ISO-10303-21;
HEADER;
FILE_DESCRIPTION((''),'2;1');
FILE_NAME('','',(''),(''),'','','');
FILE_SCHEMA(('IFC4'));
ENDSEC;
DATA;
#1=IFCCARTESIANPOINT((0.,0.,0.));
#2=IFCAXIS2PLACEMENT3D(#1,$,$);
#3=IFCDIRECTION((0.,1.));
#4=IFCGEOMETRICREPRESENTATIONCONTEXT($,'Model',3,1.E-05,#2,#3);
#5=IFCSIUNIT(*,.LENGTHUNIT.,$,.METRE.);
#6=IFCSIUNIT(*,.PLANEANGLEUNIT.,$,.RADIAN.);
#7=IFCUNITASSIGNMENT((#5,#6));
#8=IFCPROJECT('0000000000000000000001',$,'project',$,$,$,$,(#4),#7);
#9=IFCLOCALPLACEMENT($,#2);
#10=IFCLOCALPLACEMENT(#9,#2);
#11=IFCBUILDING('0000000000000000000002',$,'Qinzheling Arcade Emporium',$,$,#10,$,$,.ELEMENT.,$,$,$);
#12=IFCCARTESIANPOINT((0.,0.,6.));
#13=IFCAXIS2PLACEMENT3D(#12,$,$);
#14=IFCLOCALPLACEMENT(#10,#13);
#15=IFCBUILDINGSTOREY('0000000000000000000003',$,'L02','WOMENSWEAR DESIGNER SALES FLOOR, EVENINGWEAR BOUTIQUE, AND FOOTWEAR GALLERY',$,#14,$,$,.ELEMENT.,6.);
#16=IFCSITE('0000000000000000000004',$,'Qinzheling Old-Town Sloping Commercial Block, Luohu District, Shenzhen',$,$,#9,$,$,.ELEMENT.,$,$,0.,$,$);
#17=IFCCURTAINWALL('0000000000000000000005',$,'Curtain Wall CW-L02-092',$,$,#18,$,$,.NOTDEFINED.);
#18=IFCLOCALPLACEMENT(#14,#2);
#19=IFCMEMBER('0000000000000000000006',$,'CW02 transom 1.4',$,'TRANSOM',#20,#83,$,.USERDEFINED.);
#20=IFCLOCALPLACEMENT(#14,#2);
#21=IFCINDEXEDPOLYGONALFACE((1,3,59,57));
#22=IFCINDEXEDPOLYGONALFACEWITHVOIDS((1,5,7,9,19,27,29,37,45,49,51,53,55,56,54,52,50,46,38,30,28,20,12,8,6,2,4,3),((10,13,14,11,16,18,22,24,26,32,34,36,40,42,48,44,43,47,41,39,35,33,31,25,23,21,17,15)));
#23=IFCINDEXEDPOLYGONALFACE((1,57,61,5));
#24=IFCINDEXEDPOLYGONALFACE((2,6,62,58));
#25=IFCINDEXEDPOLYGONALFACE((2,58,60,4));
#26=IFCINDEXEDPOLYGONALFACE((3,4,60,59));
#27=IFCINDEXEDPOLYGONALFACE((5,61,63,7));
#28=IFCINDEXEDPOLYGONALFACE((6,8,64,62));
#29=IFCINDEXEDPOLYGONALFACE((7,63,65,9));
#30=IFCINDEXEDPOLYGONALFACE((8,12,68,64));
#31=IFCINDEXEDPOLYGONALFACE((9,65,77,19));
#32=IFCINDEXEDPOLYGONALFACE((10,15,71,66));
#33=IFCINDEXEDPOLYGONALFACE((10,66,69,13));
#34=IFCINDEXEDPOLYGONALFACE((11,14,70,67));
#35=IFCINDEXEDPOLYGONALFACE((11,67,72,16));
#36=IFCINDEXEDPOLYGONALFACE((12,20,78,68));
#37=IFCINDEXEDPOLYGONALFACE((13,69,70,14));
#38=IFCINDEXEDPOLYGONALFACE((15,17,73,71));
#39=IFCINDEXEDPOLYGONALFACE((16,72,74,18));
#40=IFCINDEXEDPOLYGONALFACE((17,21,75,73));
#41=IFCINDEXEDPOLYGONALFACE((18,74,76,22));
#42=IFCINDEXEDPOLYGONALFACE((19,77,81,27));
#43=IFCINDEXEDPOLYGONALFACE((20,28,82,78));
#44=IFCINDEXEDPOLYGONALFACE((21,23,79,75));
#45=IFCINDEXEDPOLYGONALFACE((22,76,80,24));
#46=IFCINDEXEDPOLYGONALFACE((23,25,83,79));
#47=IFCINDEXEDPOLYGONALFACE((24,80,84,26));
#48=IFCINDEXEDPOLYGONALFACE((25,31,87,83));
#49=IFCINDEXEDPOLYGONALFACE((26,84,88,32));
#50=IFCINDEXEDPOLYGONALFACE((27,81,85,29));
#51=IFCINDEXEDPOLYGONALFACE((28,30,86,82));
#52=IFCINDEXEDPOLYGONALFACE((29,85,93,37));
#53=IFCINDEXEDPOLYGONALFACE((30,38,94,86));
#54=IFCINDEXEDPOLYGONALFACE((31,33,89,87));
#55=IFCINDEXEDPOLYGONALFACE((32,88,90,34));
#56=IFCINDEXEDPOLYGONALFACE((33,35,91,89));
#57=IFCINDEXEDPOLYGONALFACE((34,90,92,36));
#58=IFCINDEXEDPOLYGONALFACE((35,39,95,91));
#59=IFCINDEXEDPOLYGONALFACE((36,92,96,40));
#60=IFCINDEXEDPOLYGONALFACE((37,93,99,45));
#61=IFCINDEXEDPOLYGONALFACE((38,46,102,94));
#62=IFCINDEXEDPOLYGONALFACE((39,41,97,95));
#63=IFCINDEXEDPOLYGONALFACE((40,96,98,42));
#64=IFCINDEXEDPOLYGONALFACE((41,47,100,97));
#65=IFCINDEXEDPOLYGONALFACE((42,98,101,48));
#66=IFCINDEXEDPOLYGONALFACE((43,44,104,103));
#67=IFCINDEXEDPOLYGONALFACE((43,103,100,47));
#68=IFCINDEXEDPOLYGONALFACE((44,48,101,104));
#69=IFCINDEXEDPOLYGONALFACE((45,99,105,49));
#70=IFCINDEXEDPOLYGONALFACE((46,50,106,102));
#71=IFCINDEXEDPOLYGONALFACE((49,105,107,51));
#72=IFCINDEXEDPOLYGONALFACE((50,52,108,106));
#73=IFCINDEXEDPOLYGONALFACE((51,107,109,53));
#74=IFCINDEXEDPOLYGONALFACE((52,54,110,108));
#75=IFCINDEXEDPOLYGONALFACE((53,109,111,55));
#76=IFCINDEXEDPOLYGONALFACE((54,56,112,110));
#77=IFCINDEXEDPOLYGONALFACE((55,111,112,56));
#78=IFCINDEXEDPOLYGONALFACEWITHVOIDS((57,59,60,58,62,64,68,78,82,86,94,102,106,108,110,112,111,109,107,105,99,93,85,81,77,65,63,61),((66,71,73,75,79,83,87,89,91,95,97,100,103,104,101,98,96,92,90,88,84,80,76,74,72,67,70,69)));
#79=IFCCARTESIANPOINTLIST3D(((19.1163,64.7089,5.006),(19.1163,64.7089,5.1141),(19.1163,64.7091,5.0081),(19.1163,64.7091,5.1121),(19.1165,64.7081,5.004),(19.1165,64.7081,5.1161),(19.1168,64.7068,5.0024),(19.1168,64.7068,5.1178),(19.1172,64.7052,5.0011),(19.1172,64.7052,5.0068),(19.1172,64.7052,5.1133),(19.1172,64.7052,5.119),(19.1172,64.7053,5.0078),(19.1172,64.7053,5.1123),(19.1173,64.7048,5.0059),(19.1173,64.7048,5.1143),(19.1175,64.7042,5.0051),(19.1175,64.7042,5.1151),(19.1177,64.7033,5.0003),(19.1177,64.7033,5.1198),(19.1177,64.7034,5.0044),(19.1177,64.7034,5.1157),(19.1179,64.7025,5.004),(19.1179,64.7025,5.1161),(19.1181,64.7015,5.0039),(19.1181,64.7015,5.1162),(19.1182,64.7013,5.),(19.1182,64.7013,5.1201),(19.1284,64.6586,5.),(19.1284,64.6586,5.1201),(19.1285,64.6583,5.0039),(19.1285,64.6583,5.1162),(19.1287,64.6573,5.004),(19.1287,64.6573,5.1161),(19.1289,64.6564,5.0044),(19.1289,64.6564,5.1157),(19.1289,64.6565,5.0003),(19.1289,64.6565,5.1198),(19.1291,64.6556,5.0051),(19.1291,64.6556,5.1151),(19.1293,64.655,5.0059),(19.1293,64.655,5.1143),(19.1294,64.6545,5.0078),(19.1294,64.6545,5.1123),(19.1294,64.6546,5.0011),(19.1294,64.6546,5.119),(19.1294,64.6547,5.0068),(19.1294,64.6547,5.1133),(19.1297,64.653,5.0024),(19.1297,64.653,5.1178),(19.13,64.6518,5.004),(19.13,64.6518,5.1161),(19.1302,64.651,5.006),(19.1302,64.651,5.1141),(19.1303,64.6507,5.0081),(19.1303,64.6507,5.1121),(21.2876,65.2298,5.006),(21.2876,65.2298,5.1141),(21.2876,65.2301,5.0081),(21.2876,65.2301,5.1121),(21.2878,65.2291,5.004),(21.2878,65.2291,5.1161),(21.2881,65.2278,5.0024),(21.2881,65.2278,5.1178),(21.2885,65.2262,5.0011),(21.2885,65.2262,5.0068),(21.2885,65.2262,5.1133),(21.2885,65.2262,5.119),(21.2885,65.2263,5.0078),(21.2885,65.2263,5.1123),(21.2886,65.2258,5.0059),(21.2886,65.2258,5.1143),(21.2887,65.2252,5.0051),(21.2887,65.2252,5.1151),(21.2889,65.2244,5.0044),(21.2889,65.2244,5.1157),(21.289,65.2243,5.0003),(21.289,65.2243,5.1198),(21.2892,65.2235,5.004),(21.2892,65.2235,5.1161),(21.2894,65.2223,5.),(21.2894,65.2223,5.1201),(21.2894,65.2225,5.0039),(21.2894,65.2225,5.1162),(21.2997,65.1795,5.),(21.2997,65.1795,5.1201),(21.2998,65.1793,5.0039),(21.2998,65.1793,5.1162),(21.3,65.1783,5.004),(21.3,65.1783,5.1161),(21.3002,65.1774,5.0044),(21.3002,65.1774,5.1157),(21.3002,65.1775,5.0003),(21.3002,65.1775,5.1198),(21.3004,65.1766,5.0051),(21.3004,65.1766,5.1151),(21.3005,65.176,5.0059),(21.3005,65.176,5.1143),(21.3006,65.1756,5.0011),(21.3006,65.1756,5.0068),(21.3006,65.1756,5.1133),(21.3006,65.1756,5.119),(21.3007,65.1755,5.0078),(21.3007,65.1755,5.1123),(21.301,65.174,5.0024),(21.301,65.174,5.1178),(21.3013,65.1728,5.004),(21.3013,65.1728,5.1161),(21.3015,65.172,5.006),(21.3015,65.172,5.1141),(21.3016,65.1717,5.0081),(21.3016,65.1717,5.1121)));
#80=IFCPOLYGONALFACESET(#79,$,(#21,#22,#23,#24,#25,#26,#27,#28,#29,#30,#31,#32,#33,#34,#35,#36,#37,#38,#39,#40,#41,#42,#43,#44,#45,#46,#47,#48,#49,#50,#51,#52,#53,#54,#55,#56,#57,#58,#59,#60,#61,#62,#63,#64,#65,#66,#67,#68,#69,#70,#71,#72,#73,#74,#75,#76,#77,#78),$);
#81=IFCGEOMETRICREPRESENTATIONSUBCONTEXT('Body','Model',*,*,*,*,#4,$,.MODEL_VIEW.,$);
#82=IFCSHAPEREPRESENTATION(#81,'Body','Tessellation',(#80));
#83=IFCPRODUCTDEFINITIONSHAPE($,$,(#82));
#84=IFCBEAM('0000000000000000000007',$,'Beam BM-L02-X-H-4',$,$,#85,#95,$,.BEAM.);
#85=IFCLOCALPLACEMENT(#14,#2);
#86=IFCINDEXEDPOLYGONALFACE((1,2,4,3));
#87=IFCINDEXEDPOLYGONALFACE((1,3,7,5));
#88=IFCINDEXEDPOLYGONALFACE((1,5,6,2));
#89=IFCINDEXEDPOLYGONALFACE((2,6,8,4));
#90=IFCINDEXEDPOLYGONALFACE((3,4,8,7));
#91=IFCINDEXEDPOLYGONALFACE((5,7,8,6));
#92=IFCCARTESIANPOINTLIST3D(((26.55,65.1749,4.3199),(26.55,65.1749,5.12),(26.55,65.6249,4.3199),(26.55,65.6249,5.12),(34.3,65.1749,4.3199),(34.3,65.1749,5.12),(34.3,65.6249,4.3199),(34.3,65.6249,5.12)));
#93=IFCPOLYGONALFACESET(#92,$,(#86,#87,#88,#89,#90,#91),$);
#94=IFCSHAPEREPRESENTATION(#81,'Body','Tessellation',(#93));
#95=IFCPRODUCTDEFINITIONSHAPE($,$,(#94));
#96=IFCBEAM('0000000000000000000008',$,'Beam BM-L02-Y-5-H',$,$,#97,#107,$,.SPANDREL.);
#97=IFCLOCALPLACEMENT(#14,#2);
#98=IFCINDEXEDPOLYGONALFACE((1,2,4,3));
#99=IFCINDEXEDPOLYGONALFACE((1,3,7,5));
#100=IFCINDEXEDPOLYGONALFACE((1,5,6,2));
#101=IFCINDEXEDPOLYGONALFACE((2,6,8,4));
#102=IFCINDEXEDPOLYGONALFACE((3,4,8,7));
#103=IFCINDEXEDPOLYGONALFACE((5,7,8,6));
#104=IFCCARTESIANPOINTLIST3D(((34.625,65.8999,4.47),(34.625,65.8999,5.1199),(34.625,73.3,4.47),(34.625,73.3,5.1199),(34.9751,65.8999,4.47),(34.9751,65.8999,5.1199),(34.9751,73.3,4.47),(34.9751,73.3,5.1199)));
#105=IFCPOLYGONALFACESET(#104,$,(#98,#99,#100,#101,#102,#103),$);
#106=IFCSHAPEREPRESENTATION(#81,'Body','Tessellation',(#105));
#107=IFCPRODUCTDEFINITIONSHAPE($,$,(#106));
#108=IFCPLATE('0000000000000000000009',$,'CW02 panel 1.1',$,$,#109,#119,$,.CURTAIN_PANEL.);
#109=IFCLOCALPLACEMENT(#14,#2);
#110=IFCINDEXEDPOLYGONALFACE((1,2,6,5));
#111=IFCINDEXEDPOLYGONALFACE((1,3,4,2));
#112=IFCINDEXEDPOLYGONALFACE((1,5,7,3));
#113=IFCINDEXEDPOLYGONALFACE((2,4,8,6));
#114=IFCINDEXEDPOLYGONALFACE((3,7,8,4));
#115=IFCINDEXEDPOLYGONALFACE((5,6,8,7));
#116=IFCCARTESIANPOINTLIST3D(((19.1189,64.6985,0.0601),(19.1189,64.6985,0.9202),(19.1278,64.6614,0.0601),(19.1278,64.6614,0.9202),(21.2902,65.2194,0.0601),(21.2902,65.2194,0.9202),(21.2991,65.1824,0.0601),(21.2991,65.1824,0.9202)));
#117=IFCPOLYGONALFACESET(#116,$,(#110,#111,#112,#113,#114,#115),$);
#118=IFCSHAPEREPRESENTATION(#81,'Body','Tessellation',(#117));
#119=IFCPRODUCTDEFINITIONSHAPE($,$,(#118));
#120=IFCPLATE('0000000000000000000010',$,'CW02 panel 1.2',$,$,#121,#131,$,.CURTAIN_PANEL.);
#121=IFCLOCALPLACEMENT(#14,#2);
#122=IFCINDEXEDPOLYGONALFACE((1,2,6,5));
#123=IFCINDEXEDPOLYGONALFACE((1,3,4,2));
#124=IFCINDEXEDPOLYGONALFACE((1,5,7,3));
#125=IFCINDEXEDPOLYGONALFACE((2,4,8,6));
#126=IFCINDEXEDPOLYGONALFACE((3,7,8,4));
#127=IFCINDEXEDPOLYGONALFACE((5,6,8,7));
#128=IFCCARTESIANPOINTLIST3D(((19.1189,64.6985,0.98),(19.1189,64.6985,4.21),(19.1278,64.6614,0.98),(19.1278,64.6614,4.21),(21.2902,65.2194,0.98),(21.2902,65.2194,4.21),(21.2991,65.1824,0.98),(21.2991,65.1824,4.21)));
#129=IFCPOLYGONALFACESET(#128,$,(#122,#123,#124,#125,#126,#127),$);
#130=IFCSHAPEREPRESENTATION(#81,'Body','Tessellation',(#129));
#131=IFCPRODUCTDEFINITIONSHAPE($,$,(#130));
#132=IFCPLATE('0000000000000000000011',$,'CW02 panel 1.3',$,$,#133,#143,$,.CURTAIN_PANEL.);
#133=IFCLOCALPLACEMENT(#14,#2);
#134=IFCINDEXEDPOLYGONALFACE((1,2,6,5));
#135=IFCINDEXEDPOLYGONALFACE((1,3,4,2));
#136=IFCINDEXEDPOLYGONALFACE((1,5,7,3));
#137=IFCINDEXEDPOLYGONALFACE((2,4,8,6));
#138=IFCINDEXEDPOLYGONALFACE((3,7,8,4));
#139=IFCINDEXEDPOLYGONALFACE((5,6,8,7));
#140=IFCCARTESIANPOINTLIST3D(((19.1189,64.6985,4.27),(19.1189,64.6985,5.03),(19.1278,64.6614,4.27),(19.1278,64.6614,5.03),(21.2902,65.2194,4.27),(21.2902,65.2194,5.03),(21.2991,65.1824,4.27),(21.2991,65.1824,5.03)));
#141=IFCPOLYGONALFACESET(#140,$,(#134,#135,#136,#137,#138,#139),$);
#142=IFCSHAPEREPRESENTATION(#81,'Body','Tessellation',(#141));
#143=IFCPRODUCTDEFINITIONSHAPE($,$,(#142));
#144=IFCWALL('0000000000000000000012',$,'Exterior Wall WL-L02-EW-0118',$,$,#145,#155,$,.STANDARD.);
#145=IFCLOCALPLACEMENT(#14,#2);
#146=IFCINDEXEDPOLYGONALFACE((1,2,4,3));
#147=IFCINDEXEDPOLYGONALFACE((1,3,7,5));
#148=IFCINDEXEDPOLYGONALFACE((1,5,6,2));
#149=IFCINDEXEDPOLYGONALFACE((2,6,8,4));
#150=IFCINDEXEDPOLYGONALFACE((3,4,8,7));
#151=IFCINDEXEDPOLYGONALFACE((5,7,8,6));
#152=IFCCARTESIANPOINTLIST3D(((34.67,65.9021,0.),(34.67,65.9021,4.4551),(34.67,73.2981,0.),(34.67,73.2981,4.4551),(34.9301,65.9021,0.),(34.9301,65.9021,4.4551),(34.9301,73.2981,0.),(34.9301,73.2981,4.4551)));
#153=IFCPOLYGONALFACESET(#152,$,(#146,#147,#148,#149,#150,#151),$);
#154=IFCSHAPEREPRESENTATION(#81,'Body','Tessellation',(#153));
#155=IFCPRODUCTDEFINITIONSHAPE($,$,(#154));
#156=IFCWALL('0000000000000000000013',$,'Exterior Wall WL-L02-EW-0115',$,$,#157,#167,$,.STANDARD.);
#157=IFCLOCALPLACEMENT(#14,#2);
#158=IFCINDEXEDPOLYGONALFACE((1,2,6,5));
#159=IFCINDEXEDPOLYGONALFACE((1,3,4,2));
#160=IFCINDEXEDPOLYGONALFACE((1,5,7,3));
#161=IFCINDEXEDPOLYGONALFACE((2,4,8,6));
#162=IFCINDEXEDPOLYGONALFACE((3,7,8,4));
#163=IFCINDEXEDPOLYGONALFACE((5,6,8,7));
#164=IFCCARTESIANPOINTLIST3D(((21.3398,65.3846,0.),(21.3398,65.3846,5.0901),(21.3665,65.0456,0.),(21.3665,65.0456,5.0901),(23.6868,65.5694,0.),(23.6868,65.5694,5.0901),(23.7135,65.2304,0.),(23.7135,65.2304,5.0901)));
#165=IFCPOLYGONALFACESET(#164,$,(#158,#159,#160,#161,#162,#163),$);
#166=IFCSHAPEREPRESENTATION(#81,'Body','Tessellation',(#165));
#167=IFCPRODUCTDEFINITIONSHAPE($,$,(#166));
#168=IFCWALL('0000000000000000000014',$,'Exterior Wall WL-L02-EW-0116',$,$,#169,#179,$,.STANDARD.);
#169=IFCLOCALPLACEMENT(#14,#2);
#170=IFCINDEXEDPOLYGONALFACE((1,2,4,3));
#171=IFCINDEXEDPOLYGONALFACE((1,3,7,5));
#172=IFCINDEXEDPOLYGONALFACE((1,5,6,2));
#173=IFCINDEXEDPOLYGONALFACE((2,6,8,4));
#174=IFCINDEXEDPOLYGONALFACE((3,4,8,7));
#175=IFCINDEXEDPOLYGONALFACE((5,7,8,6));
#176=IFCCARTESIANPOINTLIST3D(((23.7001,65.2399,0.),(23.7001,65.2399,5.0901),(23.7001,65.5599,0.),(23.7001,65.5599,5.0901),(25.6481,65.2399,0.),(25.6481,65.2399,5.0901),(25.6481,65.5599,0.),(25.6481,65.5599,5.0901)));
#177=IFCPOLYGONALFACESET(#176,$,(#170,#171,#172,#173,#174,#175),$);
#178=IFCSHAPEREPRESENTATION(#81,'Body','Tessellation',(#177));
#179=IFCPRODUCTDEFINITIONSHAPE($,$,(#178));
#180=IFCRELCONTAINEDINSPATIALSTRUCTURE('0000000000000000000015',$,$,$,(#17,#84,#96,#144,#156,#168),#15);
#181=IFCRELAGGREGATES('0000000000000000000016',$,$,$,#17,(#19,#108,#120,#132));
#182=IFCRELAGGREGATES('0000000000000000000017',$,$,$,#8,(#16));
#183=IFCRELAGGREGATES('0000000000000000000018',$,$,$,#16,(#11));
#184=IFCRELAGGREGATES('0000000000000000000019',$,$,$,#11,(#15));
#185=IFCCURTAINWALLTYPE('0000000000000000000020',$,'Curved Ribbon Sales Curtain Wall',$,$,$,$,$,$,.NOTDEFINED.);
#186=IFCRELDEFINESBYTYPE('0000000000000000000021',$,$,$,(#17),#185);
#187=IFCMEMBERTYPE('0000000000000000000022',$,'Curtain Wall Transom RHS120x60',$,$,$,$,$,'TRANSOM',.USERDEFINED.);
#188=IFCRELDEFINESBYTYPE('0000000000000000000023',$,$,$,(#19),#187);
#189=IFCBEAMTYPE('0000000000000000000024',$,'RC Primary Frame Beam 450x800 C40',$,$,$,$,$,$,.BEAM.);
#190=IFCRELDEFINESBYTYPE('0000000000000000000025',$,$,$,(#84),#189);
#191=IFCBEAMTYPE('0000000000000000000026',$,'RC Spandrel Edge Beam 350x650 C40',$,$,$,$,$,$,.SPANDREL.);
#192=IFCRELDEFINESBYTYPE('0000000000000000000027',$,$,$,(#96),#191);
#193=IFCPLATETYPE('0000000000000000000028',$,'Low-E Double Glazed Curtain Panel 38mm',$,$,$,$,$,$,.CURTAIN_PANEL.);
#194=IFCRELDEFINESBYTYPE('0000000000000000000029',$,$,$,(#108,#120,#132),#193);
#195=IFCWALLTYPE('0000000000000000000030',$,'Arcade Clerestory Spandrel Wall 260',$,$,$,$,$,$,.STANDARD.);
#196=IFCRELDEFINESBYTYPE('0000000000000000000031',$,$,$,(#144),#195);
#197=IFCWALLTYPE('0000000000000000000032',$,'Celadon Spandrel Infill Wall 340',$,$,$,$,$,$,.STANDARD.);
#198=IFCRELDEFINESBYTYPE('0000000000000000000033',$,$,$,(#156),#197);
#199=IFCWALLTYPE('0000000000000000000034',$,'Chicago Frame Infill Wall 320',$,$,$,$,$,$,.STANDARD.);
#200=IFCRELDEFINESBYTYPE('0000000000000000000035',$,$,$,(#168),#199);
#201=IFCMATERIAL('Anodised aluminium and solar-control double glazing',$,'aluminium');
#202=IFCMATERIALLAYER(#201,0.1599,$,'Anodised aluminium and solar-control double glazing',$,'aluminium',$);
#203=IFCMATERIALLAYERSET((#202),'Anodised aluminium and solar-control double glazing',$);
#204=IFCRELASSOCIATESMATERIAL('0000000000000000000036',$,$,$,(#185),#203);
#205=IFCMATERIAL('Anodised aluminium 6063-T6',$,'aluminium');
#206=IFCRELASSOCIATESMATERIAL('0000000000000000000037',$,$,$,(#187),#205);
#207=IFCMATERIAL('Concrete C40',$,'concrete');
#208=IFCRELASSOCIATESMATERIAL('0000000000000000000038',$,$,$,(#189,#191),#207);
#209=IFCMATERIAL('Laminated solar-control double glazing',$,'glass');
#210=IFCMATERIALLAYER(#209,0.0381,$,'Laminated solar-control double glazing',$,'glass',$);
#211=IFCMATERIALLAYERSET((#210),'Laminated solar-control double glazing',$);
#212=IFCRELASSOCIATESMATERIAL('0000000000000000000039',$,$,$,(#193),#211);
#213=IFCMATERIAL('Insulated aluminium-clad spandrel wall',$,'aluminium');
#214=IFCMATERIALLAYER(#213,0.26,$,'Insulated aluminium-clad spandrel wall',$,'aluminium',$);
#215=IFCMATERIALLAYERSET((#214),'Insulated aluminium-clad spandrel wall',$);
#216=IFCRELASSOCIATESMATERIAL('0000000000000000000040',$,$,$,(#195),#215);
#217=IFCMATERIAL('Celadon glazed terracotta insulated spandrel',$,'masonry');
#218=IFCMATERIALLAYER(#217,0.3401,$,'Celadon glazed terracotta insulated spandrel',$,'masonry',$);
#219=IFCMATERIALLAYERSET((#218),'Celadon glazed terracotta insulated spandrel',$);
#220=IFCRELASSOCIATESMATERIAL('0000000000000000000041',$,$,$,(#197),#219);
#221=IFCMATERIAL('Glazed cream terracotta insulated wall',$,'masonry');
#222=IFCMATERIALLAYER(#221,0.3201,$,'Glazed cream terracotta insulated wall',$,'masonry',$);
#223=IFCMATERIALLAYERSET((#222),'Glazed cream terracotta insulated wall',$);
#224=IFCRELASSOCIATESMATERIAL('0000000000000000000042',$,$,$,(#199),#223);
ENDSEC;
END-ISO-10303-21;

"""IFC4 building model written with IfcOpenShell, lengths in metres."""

from ifc_helpers import new_model, si_unit, direction, frame, frame_2d, origin, origin_2d, place, context, subcontext, project, spatial, rectangle, hollow_rectangle, extrude, material, layer, layer_set, material_profile, profile_set, type_object, element, aggregate, save


model = new_model("IFC4")

# Units and contexts
model_context = context("Model", 3, precision=1e-05, world=origin(), true_north=direction((0.0, 1.0)))
body_context = subcontext(model_context, "Body", "Model", "MODEL_VIEW")
ifc_project = project(units=[si_unit("LENGTHUNIT", "METRE"), si_unit("PLANEANGLEUNIT", "RADIAN")], contexts=[model_context])

# Site, building, storey
site_placement = place(None, origin())
site = spatial("IfcSite", under=ifc_project, at=site_placement, Name="Qinzheling Old-Town Sloping Commercial Block, Luohu District, Shenzhen", CompositionType="ELEMENT", RefElevation=0.0)
building_placement = place(site_placement, origin())
building = spatial("IfcBuilding", under=site, at=building_placement, Name="Qinzheling Arcade Emporium", CompositionType="ELEMENT")
storey_placement = place(building_placement, frame((0.0, 0.0, 6.0)))
storey = spatial("IfcBuildingStorey", under=building, at=storey_placement, Name="L02", Description="WOMENSWEAR DESIGNER SALES FLOOR, EVENINGWEAR BOUTIQUE, AND FOOTWEAR GALLERY", CompositionType="ELEMENT", Elevation=6.0)

# Curtain wall, member
ifc_material_1 = material(Name="Anodised aluminium and solar-control double glazing", Category="aluminium")
ifc_layer_1 = layer(ifc_material_1, 0.1599, Name="Anodised aluminium and solar-control double glazing", Category="aluminium")
ifc_layer_set_1 = layer_set([ifc_layer_1], Name="Anodised aluminium and solar-control double glazing")
curtain_wall_type = type_object("IfcCurtainWallType", Name="Curved Ribbon Sales Curtain Wall", PredefinedType="NOTDEFINED", material=ifc_layer_set_1)
curtain_wall_placement = place(storey_placement, origin())
curtain_wall = element("IfcCurtainWall", 1, at=curtain_wall_placement, inside=storey, type_object=curtain_wall_type, Name="Curtain Wall CW-L02-092", PredefinedType="NOTDEFINED")
ifc_material_2 = material(Name="Anodised aluminium 6063-T6", Category="aluminium")
ifc_material_profile_1 = material_profile(ifc_material_2, hollow_rectangle(XDim=0.0601, YDim=0.1201, WallThickness=0.0039, InnerFilletRadius=0.0039, OuterFilletRadius=0.0081, at=origin_2d()), Name="RHS 120x60x4", Category="aluminium")
ifc_profile_set_1 = profile_set([ifc_material_profile_1], Name="Anodised aluminium 6063-T6")
member_type_1 = type_object("IfcMemberType", Name="Curtain Wall Transom RHS120x60", ElementType="TRANSOM", PredefinedType="USERDEFINED", material=ifc_profile_set_1)
member_1_placement = place(storey_placement, frame((19.1233, 64.6799, 5.0601), z_axis=(0.972401, 0.233315, 0.0), x_axis=(-0.233315, 0.972401, 0.0)))
member_1 = element("IfcMember", 2, at=member_1_placement, type_object=member_type_1, Name="CW02 transom 1.4", ObjectType="TRANSOM", PredefinedType="USERDEFINED", context=body_context, shape_type="SweptSolid", body=[
    extrude(hollow_rectangle(XDim=0.0601, YDim=0.1201, WallThickness=0.0039, InnerFilletRadius=0.0039, OuterFilletRadius=0.0081, at=origin_2d()), origin(), (0.0, 0.0, 1.0), 2.2329),
])

# Beams
ifc_material_3 = material(Name="Concrete C40", Category="concrete")
ifc_material_profile_2 = material_profile(ifc_material_3, rectangle(XDim=0.45, YDim=0.8, at=origin_2d()), Name="RC 450x800", Category="concrete")
ifc_profile_set_2 = profile_set([ifc_material_profile_2], Name="Concrete C40")
beam_type_1 = type_object("IfcBeamType", Name="RC Primary Frame Beam 450x800 C40", PredefinedType="BEAM", material=ifc_profile_set_2)
beam_1_placement = place(storey_placement, frame((26.55, 65.3999, 4.72), z_axis=(1.0, 0.0, 0.0), x_axis=(0.0, 1.0, 0.0)))
element("IfcBeam", 3, at=beam_1_placement, inside=storey, type_object=beam_type_1, Name="Beam BM-L02-X-H-4", PredefinedType="BEAM", context=body_context, shape_type="SweptSolid", body=[
    extrude(rectangle(XDim=0.45, YDim=0.8, at=origin_2d()), origin(), (0.0, 0.0, 1.0), 7.75),
])
ifc_material_profile_3 = material_profile(ifc_material_3, rectangle(XDim=0.3501, YDim=0.6499, at=origin_2d()), Name="RC 350x650", Category="concrete")
ifc_profile_set_3 = profile_set([ifc_material_profile_3], Name="Concrete C40")
beam_type_2 = type_object("IfcBeamType", Name="RC Spandrel Edge Beam 350x650 C40", PredefinedType="SPANDREL", material=ifc_profile_set_3)
beam_2_placement = place(storey_placement, frame((34.8, 65.8999, 4.7949), z_axis=(0.0, 1.0, 0.0), x_axis=(-1.0, 0.0, 0.0)))
element("IfcBeam", 4, at=beam_2_placement, inside=storey, type_object=beam_type_2, Name="Beam BM-L02-Y-5-H", PredefinedType="SPANDREL", context=body_context, shape_type="SweptSolid", body=[
    extrude(rectangle(XDim=0.3501, YDim=0.6499, at=origin_2d()), origin(), (0.0, 0.0, 1.0), 7.4001),
])

# Plates
ifc_material_4 = material(Name="Laminated solar-control double glazing", Category="glass")
ifc_layer_2 = layer(ifc_material_4, 0.0381, Name="Laminated solar-control double glazing", Category="glass")
ifc_layer_set_2 = layer_set([ifc_layer_2], Name="Laminated solar-control double glazing")
plate_type = type_object("IfcPlateType", Name="Low-E Double Glazed Curtain Panel 38mm", PredefinedType="CURTAIN_PANEL", material=ifc_layer_set_2)
plate_1_placement = place(storey_placement, frame((20.209, 64.9404, 0.0601), z_axis=(0.0, 0.0, 1.0), x_axis=(0.972399, 0.233325, 0.0)))
plate_1 = element("IfcPlate", 5, at=plate_1_placement, type_object=plate_type, Name="CW02 panel 1.1", PredefinedType="CURTAIN_PANEL", context=body_context, shape_type="SweptSolid", body=[
    extrude(rectangle(XDim=2.2329, YDim=0.0381, at=origin_2d()), origin(), (0.0, 0.0, 1.0), 0.8601),
])
plate_2_placement = place(storey_placement, frame((20.209, 64.9404, 0.98), z_axis=(0.0, 0.0, 1.0), x_axis=(0.972399, 0.233325, 0.0)))
plate_2 = element("IfcPlate", 6, at=plate_2_placement, type_object=plate_type, Name="CW02 panel 1.2", PredefinedType="CURTAIN_PANEL", context=body_context, shape_type="SweptSolid", body=[
    extrude(rectangle(XDim=2.2329, YDim=0.0381, at=origin_2d()), origin(), (0.0, 0.0, 1.0), 3.23),
])
plate_3_placement = place(storey_placement, frame((20.209, 64.9404, 4.27), z_axis=(0.0, 0.0, 1.0), x_axis=(0.972399, 0.233325, 0.0)))
plate_3 = element("IfcPlate", 7, at=plate_3_placement, type_object=plate_type, Name="CW02 panel 1.3", PredefinedType="CURTAIN_PANEL", context=body_context, shape_type="SweptSolid", body=[
    extrude(rectangle(XDim=2.2329, YDim=0.0381, at=origin_2d()), origin(), (0.0, 0.0, 1.0), 0.76),
])
aggregate(curtain_wall, [member_1, plate_1, plate_2, plate_3])

# Walls
ifc_material_5 = material(Name="Insulated aluminium-clad spandrel wall", Category="aluminium")
ifc_layer_3 = layer(ifc_material_5, 0.26, Name="Insulated aluminium-clad spandrel wall", Category="aluminium")
ifc_layer_set_3 = layer_set([ifc_layer_3], Name="Insulated aluminium-clad spandrel wall")
wall_type_1 = type_object("IfcWallType", Name="Arcade Clerestory Spandrel Wall 260", PredefinedType="STANDARD", material=ifc_layer_set_3)
wall_1_placement = place(storey_placement, frame((34.8, 65.9021, 0.0), z_axis=(0.0, 0.0, 1.0), x_axis=(0.0, 1.0, 0.0)))
element("IfcWall", 8, at=wall_1_placement, inside=storey, type_object=wall_type_1, Name="Exterior Wall WL-L02-EW-0118", PredefinedType="STANDARD", context=body_context, shape_type="SweptSolid", body=[
    extrude(rectangle(XDim=7.396, YDim=0.26, at=frame_2d((3.698, 0.0))), origin(), (0.0, 0.0, 1.0), 4.4551),
])
ifc_material_6 = material(Name="Celadon glazed terracotta insulated spandrel", Category="masonry")
ifc_layer_4 = layer(ifc_material_6, 0.3401, Name="Celadon glazed terracotta insulated spandrel", Category="masonry")
ifc_layer_set_4 = layer_set([ifc_layer_4], Name="Celadon glazed terracotta insulated spandrel")
wall_type_2 = type_object("IfcWallType", Name="Celadon Spandrel Infill Wall 340", PredefinedType="STANDARD", material=ifc_layer_set_4)
wall_2_placement = place(storey_placement, frame((21.353, 65.2151, 0.0), z_axis=(0.0, 0.0, 1.0), x_axis=(0.996914, 0.078504, 0.0)))
element("IfcWall", 9, at=wall_2_placement, inside=storey, type_object=wall_type_2, Name="Exterior Wall WL-L02-EW-0115", PredefinedType="STANDARD", context=body_context, shape_type="SweptSolid", body=[
    extrude(rectangle(XDim=2.3542, YDim=0.3401, at=frame_2d((1.1772, 0.0))), origin(), (0.0, 0.0, 1.0), 5.0901),
])
ifc_material_7 = material(Name="Glazed cream terracotta insulated wall", Category="masonry")
ifc_layer_5 = layer(ifc_material_7, 0.3201, Name="Glazed cream terracotta insulated wall", Category="masonry")
ifc_layer_set_5 = layer_set([ifc_layer_5], Name="Glazed cream terracotta insulated wall")
wall_type_3 = type_object("IfcWallType", Name="Chicago Frame Infill Wall 320", PredefinedType="STANDARD", material=ifc_layer_set_5)
wall_3_placement = place(storey_placement, frame((23.7, 65.3999, 0.0), z_axis=(0.0, 0.0, 1.0), x_axis=(1.0, 0.0, 0.0)))
element("IfcWall", 10, at=wall_3_placement, inside=storey, type_object=wall_type_3, Name="Exterior Wall WL-L02-EW-0116", PredefinedType="STANDARD", context=body_context, shape_type="SweptSolid", body=[
    extrude(rectangle(XDim=1.948, YDim=0.3201, at=frame_2d((0.9741, 0.0))), origin(), (0.0, 0.0, 1.0), 5.0901),
])

save(model, "model.ifc")
